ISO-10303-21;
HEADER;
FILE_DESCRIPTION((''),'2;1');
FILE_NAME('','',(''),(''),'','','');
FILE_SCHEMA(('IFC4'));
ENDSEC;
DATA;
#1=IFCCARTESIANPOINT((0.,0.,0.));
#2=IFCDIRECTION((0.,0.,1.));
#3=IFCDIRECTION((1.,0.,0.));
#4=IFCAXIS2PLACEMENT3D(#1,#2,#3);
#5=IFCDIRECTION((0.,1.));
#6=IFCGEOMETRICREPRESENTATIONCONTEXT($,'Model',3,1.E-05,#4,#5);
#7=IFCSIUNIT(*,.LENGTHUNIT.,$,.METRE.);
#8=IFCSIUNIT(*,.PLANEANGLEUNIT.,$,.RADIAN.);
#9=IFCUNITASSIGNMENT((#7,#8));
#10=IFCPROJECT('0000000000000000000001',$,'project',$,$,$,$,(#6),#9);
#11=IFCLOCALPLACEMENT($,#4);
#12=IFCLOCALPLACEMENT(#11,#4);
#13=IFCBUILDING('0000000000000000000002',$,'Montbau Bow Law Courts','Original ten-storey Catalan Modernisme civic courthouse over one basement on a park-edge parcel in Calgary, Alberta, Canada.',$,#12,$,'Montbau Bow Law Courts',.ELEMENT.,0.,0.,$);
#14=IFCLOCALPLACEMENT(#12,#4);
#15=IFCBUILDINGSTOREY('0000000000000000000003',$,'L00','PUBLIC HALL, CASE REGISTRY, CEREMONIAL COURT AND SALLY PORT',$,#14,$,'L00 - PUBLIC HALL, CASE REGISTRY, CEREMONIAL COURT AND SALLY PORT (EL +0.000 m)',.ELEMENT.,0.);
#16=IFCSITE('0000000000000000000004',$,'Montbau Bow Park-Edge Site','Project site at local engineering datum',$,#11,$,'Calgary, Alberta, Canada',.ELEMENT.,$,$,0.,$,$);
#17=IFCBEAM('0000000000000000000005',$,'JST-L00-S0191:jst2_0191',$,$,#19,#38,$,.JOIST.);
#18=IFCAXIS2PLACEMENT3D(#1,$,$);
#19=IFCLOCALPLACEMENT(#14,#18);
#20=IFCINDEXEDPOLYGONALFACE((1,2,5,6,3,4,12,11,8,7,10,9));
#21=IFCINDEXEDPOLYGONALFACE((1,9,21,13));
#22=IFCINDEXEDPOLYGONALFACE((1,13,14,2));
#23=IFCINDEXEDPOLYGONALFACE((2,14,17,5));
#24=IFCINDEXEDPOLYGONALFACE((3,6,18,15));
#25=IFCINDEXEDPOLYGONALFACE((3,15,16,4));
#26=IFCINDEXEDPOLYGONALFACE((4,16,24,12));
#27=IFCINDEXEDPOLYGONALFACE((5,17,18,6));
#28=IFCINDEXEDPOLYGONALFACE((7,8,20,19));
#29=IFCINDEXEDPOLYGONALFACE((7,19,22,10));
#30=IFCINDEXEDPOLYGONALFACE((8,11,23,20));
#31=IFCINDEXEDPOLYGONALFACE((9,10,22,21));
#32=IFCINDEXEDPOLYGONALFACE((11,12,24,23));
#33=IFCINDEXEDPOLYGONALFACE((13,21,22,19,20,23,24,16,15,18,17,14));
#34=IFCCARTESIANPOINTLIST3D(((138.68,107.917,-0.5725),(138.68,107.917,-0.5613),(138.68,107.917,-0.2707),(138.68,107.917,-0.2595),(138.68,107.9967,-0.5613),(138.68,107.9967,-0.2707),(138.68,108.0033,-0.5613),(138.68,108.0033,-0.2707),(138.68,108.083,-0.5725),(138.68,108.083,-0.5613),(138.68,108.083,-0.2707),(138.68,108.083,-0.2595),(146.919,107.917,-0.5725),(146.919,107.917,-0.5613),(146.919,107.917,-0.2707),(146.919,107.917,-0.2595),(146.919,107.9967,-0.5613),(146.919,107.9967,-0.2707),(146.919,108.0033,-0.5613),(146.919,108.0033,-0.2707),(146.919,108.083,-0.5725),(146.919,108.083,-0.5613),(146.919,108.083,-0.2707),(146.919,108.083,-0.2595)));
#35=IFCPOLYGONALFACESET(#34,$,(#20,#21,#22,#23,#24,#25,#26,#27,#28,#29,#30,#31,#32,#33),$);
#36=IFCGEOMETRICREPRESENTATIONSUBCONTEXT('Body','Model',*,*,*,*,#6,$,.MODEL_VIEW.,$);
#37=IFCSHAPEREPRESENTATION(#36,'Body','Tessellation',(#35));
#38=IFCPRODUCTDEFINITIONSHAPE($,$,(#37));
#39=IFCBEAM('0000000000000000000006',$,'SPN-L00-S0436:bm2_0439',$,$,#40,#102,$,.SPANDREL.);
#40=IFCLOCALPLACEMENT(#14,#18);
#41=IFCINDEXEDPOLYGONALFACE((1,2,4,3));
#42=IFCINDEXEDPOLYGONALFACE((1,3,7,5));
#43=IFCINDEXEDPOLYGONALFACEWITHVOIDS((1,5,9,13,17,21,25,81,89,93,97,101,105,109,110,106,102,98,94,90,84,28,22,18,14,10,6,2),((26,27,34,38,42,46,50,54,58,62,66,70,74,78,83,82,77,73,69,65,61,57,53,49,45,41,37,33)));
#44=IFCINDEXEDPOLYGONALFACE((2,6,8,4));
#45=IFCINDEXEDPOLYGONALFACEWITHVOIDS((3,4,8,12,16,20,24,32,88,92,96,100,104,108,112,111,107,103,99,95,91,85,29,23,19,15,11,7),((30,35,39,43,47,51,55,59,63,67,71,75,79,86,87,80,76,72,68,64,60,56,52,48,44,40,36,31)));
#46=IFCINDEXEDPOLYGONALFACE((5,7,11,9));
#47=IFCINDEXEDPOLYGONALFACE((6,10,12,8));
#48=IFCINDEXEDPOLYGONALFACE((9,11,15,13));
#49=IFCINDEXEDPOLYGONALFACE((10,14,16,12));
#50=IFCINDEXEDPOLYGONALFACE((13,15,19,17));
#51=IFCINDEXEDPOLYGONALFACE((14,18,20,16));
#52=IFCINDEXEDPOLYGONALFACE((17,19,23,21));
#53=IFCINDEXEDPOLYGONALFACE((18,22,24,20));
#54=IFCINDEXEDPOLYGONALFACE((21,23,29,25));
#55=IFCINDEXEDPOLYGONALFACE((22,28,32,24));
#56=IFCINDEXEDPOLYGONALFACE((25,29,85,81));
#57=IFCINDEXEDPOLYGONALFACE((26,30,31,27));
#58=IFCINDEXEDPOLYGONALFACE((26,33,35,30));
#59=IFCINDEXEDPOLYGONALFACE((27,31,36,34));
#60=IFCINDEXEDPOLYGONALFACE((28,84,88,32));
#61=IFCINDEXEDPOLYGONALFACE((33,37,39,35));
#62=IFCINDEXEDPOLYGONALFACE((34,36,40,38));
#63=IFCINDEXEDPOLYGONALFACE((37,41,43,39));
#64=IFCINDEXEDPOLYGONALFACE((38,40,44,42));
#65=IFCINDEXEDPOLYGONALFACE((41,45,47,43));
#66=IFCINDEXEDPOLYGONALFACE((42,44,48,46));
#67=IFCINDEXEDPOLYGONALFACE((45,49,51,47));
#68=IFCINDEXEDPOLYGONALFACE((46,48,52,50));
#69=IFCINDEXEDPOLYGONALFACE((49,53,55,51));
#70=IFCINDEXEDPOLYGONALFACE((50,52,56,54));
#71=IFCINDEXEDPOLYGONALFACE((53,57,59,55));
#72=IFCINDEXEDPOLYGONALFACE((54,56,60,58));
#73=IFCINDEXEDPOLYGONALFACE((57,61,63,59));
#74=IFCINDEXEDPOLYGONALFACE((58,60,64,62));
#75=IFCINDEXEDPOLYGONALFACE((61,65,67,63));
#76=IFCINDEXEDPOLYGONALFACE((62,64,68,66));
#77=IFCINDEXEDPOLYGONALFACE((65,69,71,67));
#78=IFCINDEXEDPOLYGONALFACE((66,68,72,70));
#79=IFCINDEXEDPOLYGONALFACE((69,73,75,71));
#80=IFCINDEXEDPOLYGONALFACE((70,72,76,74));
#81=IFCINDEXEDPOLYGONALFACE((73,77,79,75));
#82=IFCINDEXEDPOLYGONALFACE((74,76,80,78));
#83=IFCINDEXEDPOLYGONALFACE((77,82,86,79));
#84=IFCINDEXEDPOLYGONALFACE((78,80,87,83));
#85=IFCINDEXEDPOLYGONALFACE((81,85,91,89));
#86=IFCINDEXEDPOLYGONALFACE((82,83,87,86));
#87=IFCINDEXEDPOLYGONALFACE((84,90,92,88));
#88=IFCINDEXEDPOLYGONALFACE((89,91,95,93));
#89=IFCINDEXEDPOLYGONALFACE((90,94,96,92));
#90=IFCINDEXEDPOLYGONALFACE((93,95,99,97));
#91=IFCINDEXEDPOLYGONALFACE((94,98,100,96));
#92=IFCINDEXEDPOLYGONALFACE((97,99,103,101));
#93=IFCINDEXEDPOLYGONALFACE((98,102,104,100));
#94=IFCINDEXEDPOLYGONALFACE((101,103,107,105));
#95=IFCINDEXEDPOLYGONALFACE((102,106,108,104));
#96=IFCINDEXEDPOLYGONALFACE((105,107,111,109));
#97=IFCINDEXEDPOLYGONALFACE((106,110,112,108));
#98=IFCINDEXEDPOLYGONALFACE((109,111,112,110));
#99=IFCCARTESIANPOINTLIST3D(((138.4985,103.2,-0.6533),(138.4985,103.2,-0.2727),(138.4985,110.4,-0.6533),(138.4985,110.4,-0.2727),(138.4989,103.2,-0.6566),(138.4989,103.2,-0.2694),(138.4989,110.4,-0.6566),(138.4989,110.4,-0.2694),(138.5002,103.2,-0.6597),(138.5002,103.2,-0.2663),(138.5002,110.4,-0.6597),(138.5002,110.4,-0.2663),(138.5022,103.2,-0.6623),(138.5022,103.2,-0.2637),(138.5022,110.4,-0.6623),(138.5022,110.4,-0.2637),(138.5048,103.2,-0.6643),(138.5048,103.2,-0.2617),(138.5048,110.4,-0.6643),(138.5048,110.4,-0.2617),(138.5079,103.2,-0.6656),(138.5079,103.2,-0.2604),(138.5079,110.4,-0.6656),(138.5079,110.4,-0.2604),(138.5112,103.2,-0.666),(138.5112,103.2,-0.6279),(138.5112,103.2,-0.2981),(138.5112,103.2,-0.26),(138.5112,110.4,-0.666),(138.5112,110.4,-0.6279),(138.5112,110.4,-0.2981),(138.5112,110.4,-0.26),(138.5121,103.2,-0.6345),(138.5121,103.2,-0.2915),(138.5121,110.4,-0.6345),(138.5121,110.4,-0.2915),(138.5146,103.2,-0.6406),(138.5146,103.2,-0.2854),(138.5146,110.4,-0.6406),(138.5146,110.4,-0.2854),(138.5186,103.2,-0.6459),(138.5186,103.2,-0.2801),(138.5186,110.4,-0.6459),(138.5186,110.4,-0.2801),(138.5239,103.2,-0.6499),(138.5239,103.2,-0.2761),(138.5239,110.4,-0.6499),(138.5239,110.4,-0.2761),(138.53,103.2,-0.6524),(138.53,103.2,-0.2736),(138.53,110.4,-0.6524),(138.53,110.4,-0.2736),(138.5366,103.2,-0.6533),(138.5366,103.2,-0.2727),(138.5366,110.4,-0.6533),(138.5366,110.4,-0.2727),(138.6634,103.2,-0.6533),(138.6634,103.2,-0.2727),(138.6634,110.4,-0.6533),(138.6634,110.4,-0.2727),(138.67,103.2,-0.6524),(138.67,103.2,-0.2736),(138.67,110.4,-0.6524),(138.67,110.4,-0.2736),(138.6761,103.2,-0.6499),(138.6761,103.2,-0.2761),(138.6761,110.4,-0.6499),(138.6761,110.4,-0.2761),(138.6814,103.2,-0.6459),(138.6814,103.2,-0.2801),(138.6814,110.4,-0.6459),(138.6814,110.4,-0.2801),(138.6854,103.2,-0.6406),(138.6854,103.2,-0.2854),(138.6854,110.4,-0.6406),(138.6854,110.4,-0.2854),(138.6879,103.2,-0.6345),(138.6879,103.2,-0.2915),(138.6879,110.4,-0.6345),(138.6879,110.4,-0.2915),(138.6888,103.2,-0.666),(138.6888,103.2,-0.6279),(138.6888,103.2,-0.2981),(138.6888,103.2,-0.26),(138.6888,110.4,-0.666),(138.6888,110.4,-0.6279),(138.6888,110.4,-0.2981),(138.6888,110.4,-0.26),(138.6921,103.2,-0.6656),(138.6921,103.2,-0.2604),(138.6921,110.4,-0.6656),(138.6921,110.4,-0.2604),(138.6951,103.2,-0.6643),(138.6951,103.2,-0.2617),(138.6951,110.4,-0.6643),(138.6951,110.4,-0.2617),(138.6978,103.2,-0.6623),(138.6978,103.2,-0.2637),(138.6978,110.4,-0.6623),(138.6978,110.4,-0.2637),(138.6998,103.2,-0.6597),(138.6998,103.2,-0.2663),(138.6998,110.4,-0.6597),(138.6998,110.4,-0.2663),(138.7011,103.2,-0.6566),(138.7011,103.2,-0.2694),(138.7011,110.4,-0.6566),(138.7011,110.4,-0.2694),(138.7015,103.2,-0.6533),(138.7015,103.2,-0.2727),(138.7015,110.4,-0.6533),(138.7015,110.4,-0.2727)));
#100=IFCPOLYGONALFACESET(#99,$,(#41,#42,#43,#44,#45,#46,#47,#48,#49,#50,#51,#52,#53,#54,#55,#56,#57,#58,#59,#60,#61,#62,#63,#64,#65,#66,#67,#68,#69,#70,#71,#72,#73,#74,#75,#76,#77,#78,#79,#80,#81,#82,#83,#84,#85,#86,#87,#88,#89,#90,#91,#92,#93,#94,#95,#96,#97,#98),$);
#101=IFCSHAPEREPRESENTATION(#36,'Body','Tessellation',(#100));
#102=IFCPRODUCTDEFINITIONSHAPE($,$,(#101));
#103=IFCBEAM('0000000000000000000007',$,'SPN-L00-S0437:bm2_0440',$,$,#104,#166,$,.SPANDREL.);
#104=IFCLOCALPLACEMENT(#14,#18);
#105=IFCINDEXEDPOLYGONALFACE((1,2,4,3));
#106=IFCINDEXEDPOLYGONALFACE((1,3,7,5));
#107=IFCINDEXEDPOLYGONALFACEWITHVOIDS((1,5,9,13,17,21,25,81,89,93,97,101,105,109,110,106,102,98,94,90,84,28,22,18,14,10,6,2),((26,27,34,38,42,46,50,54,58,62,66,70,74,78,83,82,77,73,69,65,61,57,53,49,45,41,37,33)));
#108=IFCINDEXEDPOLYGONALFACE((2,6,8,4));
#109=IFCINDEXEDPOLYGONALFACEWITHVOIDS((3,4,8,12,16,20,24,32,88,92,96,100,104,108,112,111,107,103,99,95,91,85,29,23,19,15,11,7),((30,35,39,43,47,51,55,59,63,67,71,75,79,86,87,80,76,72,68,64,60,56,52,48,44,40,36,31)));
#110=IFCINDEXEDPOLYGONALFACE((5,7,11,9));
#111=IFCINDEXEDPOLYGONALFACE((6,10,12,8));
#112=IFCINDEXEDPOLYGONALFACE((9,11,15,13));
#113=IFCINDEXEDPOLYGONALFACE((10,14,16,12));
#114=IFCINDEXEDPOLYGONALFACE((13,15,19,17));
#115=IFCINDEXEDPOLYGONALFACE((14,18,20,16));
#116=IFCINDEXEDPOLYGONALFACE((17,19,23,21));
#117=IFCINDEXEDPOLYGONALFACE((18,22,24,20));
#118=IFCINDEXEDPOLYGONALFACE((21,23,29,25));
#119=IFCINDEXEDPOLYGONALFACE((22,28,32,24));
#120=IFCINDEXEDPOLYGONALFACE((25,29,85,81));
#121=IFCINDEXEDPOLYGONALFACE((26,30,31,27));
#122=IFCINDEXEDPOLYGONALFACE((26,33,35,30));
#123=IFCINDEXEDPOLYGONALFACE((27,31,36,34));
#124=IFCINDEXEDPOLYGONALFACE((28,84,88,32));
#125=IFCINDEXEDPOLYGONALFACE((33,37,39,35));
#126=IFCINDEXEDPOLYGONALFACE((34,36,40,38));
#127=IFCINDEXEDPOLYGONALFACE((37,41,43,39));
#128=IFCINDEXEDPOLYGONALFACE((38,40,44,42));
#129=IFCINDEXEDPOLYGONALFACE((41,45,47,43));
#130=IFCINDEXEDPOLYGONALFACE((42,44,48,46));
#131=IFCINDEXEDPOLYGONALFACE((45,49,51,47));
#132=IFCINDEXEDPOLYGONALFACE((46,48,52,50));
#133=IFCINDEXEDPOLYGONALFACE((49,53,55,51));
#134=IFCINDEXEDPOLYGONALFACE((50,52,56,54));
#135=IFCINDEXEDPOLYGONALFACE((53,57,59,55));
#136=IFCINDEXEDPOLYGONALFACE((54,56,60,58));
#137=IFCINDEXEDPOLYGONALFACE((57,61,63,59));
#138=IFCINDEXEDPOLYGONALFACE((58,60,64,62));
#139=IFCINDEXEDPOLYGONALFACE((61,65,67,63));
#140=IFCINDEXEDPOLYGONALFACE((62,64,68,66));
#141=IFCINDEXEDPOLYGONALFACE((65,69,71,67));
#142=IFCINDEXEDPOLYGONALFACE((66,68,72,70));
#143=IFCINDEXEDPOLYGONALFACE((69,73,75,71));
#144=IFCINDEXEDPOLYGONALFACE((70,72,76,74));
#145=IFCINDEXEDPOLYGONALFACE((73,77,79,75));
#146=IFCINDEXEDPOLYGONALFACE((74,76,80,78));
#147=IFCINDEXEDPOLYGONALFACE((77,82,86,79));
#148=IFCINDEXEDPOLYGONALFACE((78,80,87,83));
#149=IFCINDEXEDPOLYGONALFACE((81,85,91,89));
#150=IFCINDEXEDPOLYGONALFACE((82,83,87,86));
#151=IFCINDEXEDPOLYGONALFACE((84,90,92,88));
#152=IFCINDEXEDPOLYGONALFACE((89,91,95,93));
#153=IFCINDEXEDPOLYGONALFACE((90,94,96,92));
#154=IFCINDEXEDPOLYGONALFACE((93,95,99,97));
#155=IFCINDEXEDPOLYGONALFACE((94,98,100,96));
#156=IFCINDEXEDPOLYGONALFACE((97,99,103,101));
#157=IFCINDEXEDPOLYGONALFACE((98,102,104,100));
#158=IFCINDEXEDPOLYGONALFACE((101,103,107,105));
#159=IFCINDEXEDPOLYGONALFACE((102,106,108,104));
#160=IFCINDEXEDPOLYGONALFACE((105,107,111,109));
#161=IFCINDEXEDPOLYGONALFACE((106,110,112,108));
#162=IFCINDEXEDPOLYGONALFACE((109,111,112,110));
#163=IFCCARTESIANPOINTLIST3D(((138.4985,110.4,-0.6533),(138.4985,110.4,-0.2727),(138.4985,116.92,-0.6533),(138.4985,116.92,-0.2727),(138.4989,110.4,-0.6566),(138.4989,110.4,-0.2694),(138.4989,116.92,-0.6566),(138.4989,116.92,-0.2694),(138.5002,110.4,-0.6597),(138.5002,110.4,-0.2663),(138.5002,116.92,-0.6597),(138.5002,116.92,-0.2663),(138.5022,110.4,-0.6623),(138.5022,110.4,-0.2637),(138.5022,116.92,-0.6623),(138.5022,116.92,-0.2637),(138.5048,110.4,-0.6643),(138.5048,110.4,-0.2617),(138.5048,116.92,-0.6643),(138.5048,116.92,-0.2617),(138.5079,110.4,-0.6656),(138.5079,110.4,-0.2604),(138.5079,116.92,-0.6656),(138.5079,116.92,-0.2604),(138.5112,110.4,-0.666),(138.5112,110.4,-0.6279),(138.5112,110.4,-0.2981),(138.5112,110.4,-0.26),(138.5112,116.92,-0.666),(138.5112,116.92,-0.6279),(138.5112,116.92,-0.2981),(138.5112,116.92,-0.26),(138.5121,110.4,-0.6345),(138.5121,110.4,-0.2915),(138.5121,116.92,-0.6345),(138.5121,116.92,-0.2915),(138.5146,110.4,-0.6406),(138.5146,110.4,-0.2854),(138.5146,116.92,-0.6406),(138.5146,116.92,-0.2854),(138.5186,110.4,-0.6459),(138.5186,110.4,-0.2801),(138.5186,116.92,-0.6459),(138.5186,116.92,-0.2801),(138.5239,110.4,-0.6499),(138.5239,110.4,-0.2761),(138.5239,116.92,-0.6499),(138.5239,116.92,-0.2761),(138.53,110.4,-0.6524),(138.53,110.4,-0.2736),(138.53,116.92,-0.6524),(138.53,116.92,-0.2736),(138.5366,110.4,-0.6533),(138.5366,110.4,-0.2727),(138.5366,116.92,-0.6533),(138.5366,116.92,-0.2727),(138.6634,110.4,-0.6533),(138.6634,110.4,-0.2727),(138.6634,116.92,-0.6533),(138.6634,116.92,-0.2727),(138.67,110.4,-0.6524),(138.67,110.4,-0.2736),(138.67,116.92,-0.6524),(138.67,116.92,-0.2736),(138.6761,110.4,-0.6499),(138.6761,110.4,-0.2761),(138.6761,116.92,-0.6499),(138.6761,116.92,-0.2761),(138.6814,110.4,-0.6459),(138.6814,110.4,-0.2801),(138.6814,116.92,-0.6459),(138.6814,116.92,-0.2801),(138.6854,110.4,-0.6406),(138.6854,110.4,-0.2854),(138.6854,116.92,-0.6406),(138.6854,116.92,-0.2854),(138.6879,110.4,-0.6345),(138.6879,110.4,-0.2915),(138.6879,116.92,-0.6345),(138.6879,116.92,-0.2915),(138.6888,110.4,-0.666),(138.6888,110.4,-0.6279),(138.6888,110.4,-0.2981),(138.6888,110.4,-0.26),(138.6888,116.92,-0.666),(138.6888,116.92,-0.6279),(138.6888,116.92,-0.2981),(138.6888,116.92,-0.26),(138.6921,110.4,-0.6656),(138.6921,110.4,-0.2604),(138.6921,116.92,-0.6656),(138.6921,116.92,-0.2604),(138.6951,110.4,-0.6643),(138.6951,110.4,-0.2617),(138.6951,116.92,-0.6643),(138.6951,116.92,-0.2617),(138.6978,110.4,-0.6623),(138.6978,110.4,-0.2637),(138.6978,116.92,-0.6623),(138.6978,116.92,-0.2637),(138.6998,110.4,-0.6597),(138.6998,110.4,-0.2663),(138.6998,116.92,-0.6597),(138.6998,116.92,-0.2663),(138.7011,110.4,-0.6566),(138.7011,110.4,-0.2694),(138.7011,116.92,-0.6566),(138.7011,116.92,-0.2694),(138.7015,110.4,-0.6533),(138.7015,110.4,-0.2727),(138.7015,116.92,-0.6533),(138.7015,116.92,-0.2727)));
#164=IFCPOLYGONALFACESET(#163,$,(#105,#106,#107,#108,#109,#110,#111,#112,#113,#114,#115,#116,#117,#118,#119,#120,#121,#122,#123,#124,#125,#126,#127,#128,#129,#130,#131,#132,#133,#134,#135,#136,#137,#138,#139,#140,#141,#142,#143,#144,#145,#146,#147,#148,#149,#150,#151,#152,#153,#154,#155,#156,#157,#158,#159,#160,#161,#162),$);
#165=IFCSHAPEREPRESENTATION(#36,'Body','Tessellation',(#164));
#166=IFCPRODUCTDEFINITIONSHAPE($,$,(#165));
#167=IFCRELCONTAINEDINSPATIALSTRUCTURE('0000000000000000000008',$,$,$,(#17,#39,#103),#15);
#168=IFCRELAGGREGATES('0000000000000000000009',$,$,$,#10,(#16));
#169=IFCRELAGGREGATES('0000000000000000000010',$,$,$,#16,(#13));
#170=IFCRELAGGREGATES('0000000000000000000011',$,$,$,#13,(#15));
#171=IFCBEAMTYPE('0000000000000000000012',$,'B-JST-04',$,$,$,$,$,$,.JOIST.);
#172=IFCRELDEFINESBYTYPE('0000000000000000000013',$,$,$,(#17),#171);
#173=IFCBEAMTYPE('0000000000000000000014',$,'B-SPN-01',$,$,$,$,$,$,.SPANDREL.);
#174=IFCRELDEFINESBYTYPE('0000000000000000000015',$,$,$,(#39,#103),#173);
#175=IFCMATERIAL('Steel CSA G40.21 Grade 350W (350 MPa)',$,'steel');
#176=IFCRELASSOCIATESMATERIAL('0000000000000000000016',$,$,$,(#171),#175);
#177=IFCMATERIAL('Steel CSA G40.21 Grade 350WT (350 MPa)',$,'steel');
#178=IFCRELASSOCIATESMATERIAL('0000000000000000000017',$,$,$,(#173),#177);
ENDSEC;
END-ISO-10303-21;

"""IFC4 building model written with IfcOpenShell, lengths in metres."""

from ifc_helpers import new_model, si_unit, direction, frame, origin_with_axes, origin_2d_with_axis, place, context, subcontext, project, spatial, hollow_rectangle, i_section, extrude, material, material_profile, profile_set, type_object, element, save


model = new_model("IFC4")

# Units and contexts
model_context = context("Model", 3, precision=1e-05, world=origin_with_axes(), true_north=direction((0.0, 1.0)))
body_context = subcontext(model_context, "Body", "Model", "MODEL_VIEW")
ifc_project = project(units=[si_unit("LENGTHUNIT", "METRE"), si_unit("PLANEANGLEUNIT", "RADIAN")], contexts=[model_context])

# Site, building, storey
site_placement = place(None, origin_with_axes())
site = spatial("IfcSite", under=ifc_project, at=site_placement, Name="Montbau Bow Park-Edge Site", Description="Project site at local engineering datum", LongName="Calgary, Alberta, Canada", CompositionType="ELEMENT", RefElevation=0.0)
building_placement = place(site_placement, origin_with_axes())
building = spatial("IfcBuilding", under=site, at=building_placement, Name="Montbau Bow Law Courts", Description="Original ten-storey Catalan Modernisme civic courthouse over one basement on a park-edge parcel in Calgary, Alberta, Canada.", LongName="Montbau Bow Law Courts", CompositionType="ELEMENT", ElevationOfRefHeight=0.0, ElevationOfTerrain=0.0)
storey_placement = place(building_placement, origin_with_axes())
storey = spatial("IfcBuildingStorey", under=building, at=storey_placement, Name="L00", Description="PUBLIC HALL, CASE REGISTRY, CEREMONIAL COURT AND SALLY PORT", LongName="L00 - PUBLIC HALL, CASE REGISTRY, CEREMONIAL COURT AND SALLY PORT (EL +0.000 m)", CompositionType="ELEMENT", Elevation=0.0)

# Beams
ifc_material_1 = material(Name="Steel CSA G40.21 Grade 350W (350 MPa)", Category="steel")
ifc_material_profile_1 = material_profile(ifc_material_1, i_section(OverallWidth=0.166, OverallDepth=0.313, WebThickness=0.0066, FlangeThickness=0.0112, at=origin_2d_with_axis()), Name="W310X45", Category="Main", Priority=0)
ifc_profile_set_1 = profile_set([ifc_material_profile_1], Name="Steel CSA G40.21 Grade 350W (350 MPa)")
beam_type_1 = type_object("IfcBeamType", Name="B-JST-04", PredefinedType="JOIST", material=ifc_profile_set_1)
beam_1_placement = place(None, frame((138.68, 108.0, -0.416), z_axis=(1.0, 0.0, 0.0), x_axis=(0.0, 1.0, 0.0)))
element("IfcBeam", 1, at=beam_1_placement, inside=storey, type_object=beam_type_1, Name="JST-L00-S0191:jst2_0191", PredefinedType="JOIST", context=body_context, shape_type="SweptSolid", body=[
    extrude(i_section(OverallWidth=0.166, OverallDepth=0.313, WebThickness=0.0066, FlangeThickness=0.0112, at=origin_2d_with_axis()), origin_with_axes(), (0.0, 0.0, 1.0), 8.239),
])
ifc_material_2 = material(Name="Steel CSA G40.21 Grade 350WT (350 MPa)", Category="steel")
ifc_material_profile_2 = material_profile(ifc_material_2, hollow_rectangle(XDim=0.203, YDim=0.406, WallThickness=0.0127, InnerFilletRadius=0.0254, OuterFilletRadius=0.0127, at=origin_2d_with_axis()), Name="HSS406X203X13", Category="Main", Priority=0)
ifc_profile_set_2 = profile_set([ifc_material_profile_2], Name="Steel CSA G40.21 Grade 350WT (350 MPa)")
beam_type_2 = type_object("IfcBeamType", Name="B-SPN-01", PredefinedType="SPANDREL", material=ifc_profile_set_2)
beam_2_placement = place(None, frame((138.6, 103.2, -0.463), z_axis=(0.0, 1.0, 0.0), x_axis=(-1.0, 0.0, 0.0)))
element("IfcBeam", 2, at=beam_2_placement, inside=storey, type_object=beam_type_2, Name="SPN-L00-S0436:bm2_0439", PredefinedType="SPANDREL", context=body_context, shape_type="SweptSolid", body=[
    extrude(hollow_rectangle(XDim=0.203, YDim=0.406, WallThickness=0.0127, InnerFilletRadius=0.0254, OuterFilletRadius=0.0127, at=origin_2d_with_axis()), origin_with_axes(), (0.0, 0.0, 1.0), 7.2),
])
beam_3_placement = place(None, frame((138.6, 110.4, -0.463), z_axis=(0.0, 1.0, 0.0), x_axis=(-1.0, 0.0, 0.0)))
element("IfcBeam", 3, at=beam_3_placement, inside=storey, type_object=beam_type_2, Name="SPN-L00-S0437:bm2_0440", PredefinedType="SPANDREL", context=body_context, shape_type="SweptSolid", body=[
    extrude(hollow_rectangle(XDim=0.203, YDim=0.406, WallThickness=0.0127, InnerFilletRadius=0.0254, OuterFilletRadius=0.0127, at=origin_2d_with_axis()), origin_with_axes(), (0.0, 0.0, 1.0), 6.52),
])

save(model, "model.ifc")
